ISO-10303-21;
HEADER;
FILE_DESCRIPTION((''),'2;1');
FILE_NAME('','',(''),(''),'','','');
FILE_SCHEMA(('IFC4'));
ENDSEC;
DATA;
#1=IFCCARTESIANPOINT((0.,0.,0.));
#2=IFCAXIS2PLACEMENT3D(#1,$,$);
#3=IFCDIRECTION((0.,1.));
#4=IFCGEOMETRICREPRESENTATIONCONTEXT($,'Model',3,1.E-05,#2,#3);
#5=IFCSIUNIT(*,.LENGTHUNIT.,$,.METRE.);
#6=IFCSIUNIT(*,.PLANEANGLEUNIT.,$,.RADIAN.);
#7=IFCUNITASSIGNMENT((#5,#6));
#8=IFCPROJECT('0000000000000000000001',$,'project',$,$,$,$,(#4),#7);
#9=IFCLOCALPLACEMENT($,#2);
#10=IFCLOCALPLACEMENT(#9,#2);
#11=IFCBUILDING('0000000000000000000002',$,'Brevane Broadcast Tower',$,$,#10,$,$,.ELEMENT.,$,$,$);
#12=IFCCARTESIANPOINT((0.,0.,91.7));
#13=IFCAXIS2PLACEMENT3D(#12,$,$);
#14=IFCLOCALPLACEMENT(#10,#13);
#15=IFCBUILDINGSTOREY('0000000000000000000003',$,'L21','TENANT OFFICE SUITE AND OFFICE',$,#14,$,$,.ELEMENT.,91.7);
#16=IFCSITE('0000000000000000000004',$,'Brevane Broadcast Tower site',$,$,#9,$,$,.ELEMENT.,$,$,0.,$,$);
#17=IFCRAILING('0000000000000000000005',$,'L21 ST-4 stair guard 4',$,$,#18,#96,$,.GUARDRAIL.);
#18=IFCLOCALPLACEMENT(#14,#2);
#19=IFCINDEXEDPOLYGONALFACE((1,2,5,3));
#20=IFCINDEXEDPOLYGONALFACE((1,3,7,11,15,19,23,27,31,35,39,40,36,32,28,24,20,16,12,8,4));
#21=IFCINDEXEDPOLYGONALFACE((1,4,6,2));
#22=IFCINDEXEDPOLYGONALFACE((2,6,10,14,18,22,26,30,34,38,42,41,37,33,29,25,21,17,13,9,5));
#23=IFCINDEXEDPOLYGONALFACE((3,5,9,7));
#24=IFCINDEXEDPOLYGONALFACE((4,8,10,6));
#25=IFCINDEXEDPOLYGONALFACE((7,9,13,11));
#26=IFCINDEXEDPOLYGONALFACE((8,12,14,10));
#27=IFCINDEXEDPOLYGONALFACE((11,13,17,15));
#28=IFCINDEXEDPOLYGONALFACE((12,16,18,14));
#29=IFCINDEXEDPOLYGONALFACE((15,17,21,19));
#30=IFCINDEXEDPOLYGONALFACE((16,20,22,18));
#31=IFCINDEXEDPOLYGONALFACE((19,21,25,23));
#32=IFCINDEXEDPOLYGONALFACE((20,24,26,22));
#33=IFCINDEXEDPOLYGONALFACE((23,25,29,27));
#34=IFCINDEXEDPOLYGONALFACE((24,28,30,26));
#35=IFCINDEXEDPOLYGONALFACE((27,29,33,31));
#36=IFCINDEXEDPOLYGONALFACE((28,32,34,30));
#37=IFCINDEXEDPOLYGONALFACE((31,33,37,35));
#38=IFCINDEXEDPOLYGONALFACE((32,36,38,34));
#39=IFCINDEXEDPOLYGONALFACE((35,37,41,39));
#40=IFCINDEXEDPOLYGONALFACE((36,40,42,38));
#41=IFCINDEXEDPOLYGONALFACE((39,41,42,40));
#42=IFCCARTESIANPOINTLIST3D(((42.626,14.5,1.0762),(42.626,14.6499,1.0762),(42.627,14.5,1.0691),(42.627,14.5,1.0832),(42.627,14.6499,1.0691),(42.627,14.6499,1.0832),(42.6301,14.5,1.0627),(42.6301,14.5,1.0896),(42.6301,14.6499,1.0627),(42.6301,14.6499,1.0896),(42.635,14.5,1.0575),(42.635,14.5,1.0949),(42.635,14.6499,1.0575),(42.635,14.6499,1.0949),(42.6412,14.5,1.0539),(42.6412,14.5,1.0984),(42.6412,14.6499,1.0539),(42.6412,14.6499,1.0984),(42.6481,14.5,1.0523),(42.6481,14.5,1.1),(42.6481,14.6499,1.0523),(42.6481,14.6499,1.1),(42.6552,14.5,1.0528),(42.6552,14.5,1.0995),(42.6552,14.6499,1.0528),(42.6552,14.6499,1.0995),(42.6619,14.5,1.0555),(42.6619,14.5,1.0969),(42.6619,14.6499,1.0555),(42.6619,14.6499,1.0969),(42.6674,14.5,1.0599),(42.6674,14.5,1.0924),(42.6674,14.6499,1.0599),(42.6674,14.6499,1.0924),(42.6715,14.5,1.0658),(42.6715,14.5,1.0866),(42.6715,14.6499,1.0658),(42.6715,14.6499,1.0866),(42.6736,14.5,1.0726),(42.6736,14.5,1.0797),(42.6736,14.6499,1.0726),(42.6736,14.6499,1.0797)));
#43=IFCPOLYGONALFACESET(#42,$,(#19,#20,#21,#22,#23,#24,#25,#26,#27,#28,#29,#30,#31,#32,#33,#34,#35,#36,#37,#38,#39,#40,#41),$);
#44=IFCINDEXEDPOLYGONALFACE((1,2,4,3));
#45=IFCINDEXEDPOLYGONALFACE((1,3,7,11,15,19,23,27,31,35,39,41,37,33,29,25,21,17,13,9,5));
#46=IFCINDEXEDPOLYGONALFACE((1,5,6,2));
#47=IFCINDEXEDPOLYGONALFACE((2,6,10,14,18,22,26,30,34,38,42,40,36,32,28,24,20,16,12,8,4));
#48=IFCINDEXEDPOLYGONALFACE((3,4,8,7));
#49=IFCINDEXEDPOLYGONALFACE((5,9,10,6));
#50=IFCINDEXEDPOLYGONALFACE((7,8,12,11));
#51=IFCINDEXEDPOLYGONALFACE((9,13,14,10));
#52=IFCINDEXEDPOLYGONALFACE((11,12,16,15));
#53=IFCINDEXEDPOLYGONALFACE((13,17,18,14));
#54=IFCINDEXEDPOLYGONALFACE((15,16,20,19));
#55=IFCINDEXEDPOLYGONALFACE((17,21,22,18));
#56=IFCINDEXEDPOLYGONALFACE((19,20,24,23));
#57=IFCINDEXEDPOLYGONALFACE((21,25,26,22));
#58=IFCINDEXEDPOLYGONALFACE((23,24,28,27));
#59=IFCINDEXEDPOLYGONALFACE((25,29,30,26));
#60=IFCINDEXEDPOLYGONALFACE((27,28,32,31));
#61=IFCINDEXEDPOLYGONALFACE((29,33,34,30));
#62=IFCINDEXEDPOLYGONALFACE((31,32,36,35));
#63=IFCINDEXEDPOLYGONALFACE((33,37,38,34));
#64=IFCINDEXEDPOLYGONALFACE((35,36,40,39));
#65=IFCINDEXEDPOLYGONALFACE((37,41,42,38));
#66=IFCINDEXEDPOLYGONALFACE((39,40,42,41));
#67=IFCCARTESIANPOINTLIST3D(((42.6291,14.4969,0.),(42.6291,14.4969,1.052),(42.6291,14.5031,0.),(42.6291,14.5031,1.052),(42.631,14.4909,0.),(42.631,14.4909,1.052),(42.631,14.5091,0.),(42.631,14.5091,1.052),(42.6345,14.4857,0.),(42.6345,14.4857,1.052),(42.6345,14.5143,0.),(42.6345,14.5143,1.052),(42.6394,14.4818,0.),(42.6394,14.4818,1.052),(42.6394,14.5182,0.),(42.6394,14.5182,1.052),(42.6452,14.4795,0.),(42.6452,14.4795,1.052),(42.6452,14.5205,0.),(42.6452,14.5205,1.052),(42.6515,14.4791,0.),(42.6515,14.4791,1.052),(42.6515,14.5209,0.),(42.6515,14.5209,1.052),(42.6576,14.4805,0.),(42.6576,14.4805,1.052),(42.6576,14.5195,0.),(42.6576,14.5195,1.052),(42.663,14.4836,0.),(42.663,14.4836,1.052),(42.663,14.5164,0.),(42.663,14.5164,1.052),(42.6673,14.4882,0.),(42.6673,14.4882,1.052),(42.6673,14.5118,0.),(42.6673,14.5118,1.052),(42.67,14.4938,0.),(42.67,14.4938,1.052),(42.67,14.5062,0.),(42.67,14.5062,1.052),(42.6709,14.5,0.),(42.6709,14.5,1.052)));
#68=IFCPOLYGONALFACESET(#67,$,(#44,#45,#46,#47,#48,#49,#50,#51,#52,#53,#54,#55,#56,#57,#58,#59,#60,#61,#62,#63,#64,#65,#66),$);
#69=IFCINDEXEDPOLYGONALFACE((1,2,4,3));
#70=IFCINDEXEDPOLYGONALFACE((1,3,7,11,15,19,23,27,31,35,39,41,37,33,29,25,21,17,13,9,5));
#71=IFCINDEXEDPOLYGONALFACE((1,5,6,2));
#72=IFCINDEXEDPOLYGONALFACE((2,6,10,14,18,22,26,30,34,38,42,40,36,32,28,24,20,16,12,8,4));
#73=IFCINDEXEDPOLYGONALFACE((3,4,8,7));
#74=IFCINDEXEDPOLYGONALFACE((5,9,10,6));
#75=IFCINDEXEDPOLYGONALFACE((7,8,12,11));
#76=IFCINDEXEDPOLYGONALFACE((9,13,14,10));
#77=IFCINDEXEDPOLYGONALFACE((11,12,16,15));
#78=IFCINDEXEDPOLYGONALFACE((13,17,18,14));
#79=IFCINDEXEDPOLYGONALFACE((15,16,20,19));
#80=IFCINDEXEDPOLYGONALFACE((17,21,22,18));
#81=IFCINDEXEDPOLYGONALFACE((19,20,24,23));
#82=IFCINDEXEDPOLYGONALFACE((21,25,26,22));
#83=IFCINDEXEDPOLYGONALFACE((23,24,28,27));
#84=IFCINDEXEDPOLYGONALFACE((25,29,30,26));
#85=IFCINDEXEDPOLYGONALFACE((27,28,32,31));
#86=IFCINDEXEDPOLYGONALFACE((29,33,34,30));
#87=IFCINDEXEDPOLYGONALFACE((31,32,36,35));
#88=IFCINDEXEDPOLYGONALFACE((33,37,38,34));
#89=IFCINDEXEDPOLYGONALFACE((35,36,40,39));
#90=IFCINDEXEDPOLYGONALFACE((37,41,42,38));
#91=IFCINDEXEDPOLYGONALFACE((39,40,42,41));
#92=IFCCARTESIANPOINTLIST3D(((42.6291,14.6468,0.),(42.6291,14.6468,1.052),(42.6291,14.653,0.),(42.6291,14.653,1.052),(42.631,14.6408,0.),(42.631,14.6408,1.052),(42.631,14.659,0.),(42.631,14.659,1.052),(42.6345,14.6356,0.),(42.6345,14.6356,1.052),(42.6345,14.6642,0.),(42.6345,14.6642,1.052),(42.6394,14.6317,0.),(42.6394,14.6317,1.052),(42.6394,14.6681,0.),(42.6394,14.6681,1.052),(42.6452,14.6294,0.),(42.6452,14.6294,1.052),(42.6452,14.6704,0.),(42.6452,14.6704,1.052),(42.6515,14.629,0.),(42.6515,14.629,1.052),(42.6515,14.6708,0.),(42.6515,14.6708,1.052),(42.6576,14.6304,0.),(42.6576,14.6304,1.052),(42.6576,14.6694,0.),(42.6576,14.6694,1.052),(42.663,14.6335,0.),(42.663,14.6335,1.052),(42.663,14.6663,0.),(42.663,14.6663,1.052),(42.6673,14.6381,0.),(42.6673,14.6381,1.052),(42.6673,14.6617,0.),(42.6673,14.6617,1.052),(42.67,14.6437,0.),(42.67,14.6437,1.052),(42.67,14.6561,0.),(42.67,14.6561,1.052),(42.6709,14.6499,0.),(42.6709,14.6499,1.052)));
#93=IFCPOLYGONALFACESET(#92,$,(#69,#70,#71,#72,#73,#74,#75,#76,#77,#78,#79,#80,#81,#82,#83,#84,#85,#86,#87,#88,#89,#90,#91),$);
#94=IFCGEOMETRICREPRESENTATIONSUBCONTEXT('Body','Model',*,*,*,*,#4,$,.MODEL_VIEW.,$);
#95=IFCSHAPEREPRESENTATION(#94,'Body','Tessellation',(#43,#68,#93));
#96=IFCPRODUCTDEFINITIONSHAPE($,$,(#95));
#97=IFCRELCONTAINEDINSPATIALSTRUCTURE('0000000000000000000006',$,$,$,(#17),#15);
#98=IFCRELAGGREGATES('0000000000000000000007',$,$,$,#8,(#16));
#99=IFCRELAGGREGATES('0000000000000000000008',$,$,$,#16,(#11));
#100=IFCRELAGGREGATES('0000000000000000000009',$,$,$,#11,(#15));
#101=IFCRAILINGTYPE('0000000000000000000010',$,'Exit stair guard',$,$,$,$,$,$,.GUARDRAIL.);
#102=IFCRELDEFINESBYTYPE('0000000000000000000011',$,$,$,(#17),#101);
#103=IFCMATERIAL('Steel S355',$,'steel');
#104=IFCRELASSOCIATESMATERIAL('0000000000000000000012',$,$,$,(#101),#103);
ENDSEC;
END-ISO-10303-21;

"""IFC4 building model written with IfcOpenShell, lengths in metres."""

from ifc_helpers import new_model, si_unit, direction, frame, origin, origin_2d, place, context, subcontext, project, spatial, circle, extrude, material, type_object, element, save


model = new_model("IFC4")

# Units and contexts
model_context = context("Model", 3, precision=1e-05, world=origin(), true_north=direction((0.0, 1.0)))
body_context = subcontext(model_context, "Body", "Model", "MODEL_VIEW")
ifc_project = project(units=[si_unit("LENGTHUNIT", "METRE"), si_unit("PLANEANGLEUNIT", "RADIAN")], contexts=[model_context])

# Site, building, storey
site_placement = place(None, origin())
site = spatial("IfcSite", under=ifc_project, at=site_placement, Name="Brevane Broadcast Tower site", CompositionType="ELEMENT", RefElevation=0.0)
building_placement = place(site_placement, origin())
building = spatial("IfcBuilding", under=site, at=building_placement, Name="Brevane Broadcast Tower", CompositionType="ELEMENT")
storey_placement = place(building_placement, frame((0.0, 0.0, 91.7)))
storey = spatial("IfcBuildingStorey", under=building, at=storey_placement, Name="L21", Description="TENANT OFFICE SUITE AND OFFICE", CompositionType="ELEMENT", Elevation=91.7)

# Railing
ifc_material_1 = material(Name="Steel S355", Category="steel")
railing_type_1 = type_object("IfcRailingType", Name="Exit stair guard", PredefinedType="GUARDRAIL", material=ifc_material_1)
railing_1_placement = place(storey_placement, frame((42.6499, 14.5, 0.0)))
element("IfcRailing", 1, at=railing_1_placement, inside=storey, type_object=railing_type_1, Name="L21 ST-4 stair guard 4", PredefinedType="GUARDRAIL", context=body_context, shape_type="SweptSolid", body=[
    extrude(circle(Radius=0.0239, at=origin_2d()), frame((0.0, 0.0, 1.0762), z_axis=(0.0, 1.0, 0.0), x_axis=(-1.0, 0.0, 0.0)), (0.0, 0.0, 1.0), 0.1499),
    extrude(circle(Radius=0.021, at=origin_2d()), origin(), (0.0, 0.0, 1.0), 1.052),
    extrude(circle(Radius=0.021, at=origin_2d()), frame((0.0, 0.1499, 0.0)), (0.0, 0.0, 1.0), 1.052),
])

save(model, "model.ifc")
